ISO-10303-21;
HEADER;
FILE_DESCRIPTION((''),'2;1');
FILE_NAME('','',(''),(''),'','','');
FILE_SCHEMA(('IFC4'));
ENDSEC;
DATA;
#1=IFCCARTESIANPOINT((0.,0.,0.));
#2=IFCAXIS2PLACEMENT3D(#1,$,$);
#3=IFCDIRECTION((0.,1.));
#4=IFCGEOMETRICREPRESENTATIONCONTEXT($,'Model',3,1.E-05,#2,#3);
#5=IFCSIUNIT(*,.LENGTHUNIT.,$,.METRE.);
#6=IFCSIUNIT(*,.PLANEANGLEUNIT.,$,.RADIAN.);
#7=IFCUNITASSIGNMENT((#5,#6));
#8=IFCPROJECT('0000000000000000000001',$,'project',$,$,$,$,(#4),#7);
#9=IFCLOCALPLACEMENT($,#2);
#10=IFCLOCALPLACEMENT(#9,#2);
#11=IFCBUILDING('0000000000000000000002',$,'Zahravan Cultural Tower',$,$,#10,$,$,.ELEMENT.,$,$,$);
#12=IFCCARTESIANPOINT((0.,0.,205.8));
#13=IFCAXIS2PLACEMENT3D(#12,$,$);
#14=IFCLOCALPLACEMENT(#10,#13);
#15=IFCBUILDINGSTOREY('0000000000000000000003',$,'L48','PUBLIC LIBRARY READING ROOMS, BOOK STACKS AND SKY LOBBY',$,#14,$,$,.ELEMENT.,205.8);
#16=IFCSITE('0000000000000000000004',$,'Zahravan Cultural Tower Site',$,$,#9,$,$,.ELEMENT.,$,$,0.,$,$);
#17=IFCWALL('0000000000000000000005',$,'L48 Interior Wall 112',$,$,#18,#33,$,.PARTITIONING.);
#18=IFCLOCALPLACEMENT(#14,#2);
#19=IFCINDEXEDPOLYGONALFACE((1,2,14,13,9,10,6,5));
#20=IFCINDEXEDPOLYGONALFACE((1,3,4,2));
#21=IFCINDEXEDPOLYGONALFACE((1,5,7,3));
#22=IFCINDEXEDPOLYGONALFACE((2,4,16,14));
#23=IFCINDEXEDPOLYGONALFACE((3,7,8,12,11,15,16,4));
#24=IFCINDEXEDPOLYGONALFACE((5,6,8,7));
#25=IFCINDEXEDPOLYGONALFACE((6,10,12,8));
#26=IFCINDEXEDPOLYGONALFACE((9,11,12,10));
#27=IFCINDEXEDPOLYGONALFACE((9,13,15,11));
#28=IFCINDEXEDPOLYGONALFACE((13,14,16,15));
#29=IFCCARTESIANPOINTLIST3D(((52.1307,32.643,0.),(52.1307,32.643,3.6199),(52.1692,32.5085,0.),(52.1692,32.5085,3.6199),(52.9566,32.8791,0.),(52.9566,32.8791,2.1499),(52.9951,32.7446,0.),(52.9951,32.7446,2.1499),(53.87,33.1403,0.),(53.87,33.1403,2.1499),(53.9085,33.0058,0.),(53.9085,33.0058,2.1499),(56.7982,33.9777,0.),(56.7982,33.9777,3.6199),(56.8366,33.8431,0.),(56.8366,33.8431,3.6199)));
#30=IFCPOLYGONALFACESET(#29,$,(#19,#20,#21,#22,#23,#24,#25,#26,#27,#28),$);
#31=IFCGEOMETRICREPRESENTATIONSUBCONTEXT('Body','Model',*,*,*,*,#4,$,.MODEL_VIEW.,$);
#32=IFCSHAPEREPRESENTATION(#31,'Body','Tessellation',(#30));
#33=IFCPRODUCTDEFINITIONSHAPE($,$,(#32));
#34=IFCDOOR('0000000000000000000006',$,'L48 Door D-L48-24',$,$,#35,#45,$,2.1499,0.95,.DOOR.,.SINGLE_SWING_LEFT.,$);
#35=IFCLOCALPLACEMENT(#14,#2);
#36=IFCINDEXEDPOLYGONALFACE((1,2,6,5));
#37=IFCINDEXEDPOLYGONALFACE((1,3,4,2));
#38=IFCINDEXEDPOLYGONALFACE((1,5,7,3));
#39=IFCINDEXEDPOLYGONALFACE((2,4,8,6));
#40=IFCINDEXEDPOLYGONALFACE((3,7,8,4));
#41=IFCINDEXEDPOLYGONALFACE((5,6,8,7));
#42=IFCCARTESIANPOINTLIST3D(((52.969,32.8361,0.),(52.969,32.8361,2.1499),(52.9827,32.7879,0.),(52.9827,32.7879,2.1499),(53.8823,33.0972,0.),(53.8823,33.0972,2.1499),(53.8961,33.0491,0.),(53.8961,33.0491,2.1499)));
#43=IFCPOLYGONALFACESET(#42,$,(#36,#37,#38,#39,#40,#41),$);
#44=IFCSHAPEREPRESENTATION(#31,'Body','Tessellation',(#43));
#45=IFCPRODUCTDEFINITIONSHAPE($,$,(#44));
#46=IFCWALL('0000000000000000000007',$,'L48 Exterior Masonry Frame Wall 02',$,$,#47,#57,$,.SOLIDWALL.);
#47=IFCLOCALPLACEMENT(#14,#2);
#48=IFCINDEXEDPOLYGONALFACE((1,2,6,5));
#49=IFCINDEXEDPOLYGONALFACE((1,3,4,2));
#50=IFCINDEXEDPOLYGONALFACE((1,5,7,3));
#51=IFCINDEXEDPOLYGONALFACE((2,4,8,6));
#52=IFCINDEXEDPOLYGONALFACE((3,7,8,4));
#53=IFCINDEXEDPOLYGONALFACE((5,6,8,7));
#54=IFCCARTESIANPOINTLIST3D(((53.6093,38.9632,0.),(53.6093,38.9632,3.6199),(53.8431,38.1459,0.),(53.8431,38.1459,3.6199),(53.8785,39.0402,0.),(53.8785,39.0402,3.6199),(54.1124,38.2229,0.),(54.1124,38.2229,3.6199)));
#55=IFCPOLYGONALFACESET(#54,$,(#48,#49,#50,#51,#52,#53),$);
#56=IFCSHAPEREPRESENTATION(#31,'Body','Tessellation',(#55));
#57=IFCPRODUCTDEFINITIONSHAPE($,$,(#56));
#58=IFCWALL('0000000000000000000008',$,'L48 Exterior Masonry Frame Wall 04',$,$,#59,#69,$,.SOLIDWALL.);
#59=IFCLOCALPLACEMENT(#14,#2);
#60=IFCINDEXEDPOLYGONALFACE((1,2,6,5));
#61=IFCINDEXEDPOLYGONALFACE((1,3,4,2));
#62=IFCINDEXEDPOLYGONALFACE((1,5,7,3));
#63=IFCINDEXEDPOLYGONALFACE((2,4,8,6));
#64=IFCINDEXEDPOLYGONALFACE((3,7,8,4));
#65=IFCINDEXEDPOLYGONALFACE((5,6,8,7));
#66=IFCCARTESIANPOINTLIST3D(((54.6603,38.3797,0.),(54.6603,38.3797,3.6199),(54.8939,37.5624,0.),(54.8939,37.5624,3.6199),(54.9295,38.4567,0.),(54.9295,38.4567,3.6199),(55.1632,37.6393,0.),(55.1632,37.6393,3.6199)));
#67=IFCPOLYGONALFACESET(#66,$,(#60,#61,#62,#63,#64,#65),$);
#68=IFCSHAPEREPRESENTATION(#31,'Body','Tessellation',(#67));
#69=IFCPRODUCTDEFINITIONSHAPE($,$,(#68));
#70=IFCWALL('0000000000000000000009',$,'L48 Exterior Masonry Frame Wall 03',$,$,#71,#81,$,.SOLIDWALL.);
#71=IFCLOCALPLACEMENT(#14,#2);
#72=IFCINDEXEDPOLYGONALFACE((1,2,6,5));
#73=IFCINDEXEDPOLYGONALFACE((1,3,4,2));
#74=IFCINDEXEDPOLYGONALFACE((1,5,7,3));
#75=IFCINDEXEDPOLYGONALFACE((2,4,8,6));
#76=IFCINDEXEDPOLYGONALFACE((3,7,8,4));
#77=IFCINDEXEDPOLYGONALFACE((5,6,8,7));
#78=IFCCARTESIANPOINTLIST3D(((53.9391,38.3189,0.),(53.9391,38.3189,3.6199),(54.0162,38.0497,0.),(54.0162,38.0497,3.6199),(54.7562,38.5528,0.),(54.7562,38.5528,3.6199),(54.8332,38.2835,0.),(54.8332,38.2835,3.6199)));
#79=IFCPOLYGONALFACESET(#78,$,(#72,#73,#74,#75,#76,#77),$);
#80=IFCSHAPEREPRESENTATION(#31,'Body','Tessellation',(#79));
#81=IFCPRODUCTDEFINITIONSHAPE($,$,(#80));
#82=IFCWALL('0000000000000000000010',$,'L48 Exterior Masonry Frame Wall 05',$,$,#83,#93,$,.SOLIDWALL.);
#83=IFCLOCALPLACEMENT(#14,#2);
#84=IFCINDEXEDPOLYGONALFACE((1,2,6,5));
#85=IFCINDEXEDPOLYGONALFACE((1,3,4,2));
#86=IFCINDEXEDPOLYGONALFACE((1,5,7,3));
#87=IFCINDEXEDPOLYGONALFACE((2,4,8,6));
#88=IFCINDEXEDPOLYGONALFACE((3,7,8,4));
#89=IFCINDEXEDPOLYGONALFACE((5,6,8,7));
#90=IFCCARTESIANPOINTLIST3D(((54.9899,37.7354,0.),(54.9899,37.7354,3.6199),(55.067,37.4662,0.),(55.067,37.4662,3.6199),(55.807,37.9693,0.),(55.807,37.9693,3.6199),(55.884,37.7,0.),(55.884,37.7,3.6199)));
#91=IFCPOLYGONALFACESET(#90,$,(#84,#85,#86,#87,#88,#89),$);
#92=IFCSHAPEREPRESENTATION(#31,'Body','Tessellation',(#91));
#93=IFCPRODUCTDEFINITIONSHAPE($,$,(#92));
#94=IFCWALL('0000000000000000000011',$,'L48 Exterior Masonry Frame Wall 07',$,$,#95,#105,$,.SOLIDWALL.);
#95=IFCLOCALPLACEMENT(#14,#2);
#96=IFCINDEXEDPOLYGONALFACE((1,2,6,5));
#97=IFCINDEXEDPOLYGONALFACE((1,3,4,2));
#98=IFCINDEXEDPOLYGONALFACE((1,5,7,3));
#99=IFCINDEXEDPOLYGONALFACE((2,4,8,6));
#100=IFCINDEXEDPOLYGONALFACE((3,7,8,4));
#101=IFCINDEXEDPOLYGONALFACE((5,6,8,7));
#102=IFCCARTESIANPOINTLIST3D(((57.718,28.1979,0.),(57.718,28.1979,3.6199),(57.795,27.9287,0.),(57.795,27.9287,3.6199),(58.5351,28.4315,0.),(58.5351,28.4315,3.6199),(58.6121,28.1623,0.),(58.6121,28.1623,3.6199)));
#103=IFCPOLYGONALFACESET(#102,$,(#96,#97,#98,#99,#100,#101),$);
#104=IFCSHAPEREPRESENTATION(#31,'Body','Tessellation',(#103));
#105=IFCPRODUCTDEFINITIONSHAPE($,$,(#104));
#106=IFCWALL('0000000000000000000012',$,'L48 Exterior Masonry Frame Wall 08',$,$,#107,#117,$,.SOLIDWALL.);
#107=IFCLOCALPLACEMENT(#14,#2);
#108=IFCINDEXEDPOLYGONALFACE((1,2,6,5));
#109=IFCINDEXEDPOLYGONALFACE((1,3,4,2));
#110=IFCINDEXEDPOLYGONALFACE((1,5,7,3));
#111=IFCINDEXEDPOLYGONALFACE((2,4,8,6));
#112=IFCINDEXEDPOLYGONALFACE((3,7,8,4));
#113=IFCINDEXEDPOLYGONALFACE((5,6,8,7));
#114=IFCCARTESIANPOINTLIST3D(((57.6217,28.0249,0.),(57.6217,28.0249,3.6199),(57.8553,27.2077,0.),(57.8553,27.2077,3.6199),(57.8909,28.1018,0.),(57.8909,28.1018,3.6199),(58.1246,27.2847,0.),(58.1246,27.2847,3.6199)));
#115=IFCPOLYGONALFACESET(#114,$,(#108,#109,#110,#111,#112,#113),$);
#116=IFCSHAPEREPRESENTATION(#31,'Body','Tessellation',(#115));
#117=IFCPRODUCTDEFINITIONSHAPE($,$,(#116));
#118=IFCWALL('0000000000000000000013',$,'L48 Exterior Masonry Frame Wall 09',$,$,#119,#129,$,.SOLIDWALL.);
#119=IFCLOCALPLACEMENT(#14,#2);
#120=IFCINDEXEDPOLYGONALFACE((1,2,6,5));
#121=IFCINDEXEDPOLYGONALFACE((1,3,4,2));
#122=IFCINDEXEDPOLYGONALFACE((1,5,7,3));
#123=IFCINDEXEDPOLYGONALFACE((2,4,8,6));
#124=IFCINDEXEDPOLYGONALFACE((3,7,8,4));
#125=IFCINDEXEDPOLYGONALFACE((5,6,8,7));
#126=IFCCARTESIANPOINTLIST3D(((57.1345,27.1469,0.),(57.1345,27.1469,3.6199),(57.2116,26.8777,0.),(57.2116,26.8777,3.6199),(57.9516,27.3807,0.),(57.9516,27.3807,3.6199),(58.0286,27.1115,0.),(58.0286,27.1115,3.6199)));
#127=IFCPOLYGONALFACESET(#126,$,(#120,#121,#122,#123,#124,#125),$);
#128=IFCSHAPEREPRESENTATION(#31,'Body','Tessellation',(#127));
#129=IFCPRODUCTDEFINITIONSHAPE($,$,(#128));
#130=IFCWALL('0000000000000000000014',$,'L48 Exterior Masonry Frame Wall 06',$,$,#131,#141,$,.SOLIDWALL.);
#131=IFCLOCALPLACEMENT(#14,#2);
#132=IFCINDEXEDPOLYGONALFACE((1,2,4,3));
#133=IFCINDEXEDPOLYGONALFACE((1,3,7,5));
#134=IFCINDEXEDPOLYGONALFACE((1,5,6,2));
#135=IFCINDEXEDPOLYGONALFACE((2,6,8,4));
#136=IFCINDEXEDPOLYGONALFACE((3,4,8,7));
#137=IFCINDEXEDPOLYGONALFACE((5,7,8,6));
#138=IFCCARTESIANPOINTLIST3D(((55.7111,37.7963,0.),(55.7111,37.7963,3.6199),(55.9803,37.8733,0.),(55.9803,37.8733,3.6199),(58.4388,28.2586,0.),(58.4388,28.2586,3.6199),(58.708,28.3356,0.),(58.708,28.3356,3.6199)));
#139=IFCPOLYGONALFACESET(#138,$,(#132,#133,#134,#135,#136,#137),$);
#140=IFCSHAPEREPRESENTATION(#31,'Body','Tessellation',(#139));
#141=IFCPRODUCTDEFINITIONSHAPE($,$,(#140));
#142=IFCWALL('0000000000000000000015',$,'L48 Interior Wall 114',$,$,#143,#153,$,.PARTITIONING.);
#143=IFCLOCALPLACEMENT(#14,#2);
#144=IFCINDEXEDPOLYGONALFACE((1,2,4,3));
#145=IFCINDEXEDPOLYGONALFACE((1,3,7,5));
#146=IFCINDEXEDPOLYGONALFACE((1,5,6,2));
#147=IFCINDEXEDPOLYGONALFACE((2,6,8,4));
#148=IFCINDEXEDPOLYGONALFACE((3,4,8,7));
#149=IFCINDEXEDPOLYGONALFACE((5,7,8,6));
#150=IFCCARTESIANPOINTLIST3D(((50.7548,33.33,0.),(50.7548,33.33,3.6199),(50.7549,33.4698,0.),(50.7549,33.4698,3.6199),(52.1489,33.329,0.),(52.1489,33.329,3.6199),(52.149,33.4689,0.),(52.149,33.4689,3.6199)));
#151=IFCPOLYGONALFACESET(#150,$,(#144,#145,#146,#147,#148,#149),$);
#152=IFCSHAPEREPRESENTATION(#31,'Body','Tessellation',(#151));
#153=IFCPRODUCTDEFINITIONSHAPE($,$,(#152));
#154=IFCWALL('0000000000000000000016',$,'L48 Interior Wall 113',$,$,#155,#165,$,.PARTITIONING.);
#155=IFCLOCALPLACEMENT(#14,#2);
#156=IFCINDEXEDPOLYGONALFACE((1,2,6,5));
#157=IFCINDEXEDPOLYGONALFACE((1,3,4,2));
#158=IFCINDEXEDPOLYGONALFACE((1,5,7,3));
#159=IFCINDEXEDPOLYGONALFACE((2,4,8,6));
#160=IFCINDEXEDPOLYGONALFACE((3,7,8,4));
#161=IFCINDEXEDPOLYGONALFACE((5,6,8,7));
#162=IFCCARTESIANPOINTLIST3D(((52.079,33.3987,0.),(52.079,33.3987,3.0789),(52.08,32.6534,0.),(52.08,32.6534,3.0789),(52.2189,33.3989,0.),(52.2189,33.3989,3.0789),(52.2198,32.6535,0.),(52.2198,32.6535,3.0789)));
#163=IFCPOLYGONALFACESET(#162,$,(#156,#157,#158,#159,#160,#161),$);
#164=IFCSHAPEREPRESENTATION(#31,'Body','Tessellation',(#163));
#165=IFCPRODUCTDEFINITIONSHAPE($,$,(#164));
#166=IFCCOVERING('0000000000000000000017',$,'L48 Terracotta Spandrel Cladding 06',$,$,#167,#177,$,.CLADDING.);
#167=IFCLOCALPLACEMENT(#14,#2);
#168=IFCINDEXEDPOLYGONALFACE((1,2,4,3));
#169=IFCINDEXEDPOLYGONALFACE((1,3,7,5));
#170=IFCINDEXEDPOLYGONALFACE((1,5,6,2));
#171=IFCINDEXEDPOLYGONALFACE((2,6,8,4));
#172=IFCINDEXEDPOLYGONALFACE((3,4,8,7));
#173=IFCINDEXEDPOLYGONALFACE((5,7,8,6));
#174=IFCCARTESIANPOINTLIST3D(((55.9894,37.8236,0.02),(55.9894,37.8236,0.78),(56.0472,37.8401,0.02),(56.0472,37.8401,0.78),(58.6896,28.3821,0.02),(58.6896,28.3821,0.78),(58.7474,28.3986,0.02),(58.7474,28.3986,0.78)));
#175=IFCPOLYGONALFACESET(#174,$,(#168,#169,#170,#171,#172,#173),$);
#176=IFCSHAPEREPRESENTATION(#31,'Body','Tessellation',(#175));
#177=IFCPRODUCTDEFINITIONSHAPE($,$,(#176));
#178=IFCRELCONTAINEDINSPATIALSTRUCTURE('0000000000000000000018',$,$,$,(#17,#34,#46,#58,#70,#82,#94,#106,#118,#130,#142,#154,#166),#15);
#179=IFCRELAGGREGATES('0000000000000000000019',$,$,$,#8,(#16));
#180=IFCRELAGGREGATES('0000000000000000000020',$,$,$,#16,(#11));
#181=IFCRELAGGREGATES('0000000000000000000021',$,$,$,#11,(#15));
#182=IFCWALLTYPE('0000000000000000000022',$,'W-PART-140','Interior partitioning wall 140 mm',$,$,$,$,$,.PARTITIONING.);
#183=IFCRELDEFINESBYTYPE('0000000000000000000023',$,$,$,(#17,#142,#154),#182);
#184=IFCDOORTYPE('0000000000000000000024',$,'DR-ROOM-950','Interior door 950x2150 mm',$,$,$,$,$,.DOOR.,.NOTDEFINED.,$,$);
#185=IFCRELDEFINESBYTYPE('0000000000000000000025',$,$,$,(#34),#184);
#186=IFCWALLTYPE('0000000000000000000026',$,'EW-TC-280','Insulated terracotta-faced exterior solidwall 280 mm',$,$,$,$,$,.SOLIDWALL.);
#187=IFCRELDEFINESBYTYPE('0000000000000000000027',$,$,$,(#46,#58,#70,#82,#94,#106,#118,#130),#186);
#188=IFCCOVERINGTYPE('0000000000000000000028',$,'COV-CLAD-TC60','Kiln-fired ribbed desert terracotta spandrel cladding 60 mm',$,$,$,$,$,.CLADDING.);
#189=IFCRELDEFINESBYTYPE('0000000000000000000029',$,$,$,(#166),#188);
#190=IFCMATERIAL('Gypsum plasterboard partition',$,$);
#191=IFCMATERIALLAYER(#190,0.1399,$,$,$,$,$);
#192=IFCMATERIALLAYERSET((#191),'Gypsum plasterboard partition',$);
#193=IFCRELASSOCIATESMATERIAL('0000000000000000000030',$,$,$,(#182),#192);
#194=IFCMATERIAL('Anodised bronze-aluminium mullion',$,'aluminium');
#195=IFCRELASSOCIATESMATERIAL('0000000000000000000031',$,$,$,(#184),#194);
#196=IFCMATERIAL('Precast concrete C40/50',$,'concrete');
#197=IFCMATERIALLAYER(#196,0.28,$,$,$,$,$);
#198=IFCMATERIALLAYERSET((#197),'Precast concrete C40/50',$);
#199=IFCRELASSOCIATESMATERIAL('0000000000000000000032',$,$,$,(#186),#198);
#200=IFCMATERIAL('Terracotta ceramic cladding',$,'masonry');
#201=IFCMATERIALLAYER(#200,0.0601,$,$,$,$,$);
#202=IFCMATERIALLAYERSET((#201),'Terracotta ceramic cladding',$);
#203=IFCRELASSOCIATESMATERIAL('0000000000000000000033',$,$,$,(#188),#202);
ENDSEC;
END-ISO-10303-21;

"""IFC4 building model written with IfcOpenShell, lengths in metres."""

from ifc_helpers import new_model, si_unit, direction, frame, frame_2d, origin, origin_2d, place, context, subcontext, project, spatial, rectangle, extrude, source, transform, mapped, material, layer, layer_set, type_object, element, fill, save


model = new_model("IFC4")

# Units and contexts
model_context = context("Model", 3, precision=1e-05, world=origin(), true_north=direction((0.0, 1.0)))
body_context = subcontext(model_context, "Body", "Model", "MODEL_VIEW")
ifc_project = project(units=[si_unit("LENGTHUNIT", "METRE"), si_unit("PLANEANGLEUNIT", "RADIAN")], contexts=[model_context])

# Site, building, storey
site_placement = place(None, origin())
site = spatial("IfcSite", under=ifc_project, at=site_placement, Name="Zahravan Cultural Tower Site", CompositionType="ELEMENT", RefElevation=0.0)
building_placement = place(site_placement, origin())
building = spatial("IfcBuilding", under=site, at=building_placement, Name="Zahravan Cultural Tower", CompositionType="ELEMENT")
storey_placement = place(building_placement, frame((0.0, 0.0, 205.8)))
storey = spatial("IfcBuildingStorey", under=building, at=storey_placement, Name="L48", Description="PUBLIC LIBRARY READING ROOMS, BOOK STACKS AND SKY LOBBY", CompositionType="ELEMENT", Elevation=205.8)

# Wall, opening, door
ifc_material_1 = material(Name="Gypsum plasterboard partition")
ifc_layer_1 = layer(ifc_material_1, 0.1399)
ifc_layer_set_1 = layer_set([ifc_layer_1], Name="Gypsum plasterboard partition")
wall_type_1 = type_object("IfcWallType", Name="W-PART-140", Description="Interior partitioning wall 140 mm", PredefinedType="PARTITIONING", material=ifc_layer_set_1)
ifc_material_2 = material(Name="Anodised bronze-aluminium mullion", Category="aluminium")
door_type = type_object("IfcDoorType", Name="DR-ROOM-950", Description="Interior door 950x2150 mm", OperationType="NOTDEFINED", PredefinedType="DOOR", material=ifc_material_2)
shared_shape_1 = source(origin(), body_context, "Body", "SweptSolid", [
    extrude(rectangle(XDim=0.95, YDim=2.1499, at=frame_2d((0.4751, 1.075))), frame((0.0, 0.0249, 0.0), z_axis=(0.0, -1.0, 0.0), x_axis=(1.0, 0.0, 0.0)), (0.0, 0.0, 1.0), 0.05),
])
wall_1_placement = place(storey_placement, frame((56.8174, 33.9104, 0.0), z_axis=(0.0, 0.0, 1.0), x_axis=(-0.961461, -0.27494, 0.0)))
wall_1 = element("IfcWall", 1, at=wall_1_placement, inside=storey, type_object=wall_type_1, Name="L48 Interior Wall 112", PredefinedType="PARTITIONING", context=body_context, shape_type="SweptSolid", body=[
    extrude(rectangle(XDim=4.8545, YDim=0.1399, at=frame_2d((2.4272, 0.0))), origin(), (0.0, 0.0, 1.0), 3.6199),
])
opening_1_placement = place(wall_1_placement, frame((3.0454, 0.0, 0.0)))
opening_1 = element("IfcOpeningElement", 2, at=opening_1_placement, cuts=wall_1, PredefinedType="OPENING", context=body_context, shape_type="SweptSolid", body=[
    extrude(rectangle(XDim=0.95, YDim=2.1499, at=frame_2d((0.4751, 1.075))), frame((0.0, 0.0798, 0.0), z_axis=(0.0, -1.0, 0.0), x_axis=(1.0, 0.0, 0.0)), (0.0, 0.0, 1.0), 0.1599),
])
door_1_placement = place(opening_1_placement, origin())
door_1 = element("IfcDoor", 3, at=door_1_placement, inside=storey, type_object=door_type, Name="L48 Door D-L48-24", OperationType="SINGLE_SWING_LEFT", OverallHeight=2.1499, OverallWidth=0.95, PredefinedType="DOOR", context=body_context, shape_type="MappedRepresentation", body=[
    mapped(shared_shape_1, transform((0.0, 0.0, 0.0), x_axis=(1.0, 0.0, 0.0), y_axis=(0.0, 1.0, 0.0), z_axis=(0.0, 0.0, 1.0), scale=1.0)),
])
fill(opening_1, door_1)

# Walls
ifc_material_3 = material(Name="Precast concrete C40/50", Category="concrete")
ifc_layer_2 = layer(ifc_material_3, 0.28)
ifc_layer_set_2 = layer_set([ifc_layer_2], Name="Precast concrete C40/50")
wall_type_2 = type_object("IfcWallType", Name="EW-TC-280", Description="Insulated terracotta-faced exterior solidwall 280 mm", PredefinedType="SOLIDWALL", material=ifc_layer_set_2)
shared_shape_2 = source(origin(), body_context, "Body", "SweptSolid", [
    extrude(rectangle(XDim=0.8501, YDim=0.28, at=frame_2d((0.425, 0.0))), origin(), (0.0, 0.0, 1.0), 3.6199),
])
for number, where, z_axis, x_axis, name in (
    (4, (53.7439, 39.0017, 0.0), (0.0, 0.0, 1.0), (0.2751, -0.961416, 0.0), "L48 Exterior Masonry Frame Wall 02"),
    (5, (54.7949, 38.4182, 0.0), (0.0, 0.0, 1.0), (0.274835, -0.961491, 0.0), "L48 Exterior Masonry Frame Wall 04"),
):
    element("IfcWall", number, at=place(storey_placement, frame(where, z_axis=z_axis, x_axis=x_axis)), inside=storey, type_object=wall_type_2, Name=name, PredefinedType="SOLIDWALL", context=body_context, shape_type="MappedRepresentation", body=[
        mapped(shared_shape_2, transform((0.0, 0.0, 0.0), x_axis=(1.0, 0.0, 0.0), y_axis=(0.0, 1.0, 0.0), z_axis=(0.0, 0.0, 1.0), scale=1.0)),
    ])
shared_shape_3 = source(origin(), body_context, "Body", "SweptSolid", [
    extrude(rectangle(XDim=0.8499, YDim=0.28, at=frame_2d((0.4248, 0.0))), origin(), (0.0, 0.0, 1.0), 3.6199),
])
for number, where, z_axis, x_axis, name in (
    (6, (53.9778, 38.1843, 0.0), (0.0, 0.0, 1.0), (0.961394, 0.275176, 0.0), "L48 Exterior Masonry Frame Wall 03"),
    (7, (55.0286, 37.6008, 0.0), (0.0, 0.0, 1.0), (0.961394, 0.275176, 0.0), "L48 Exterior Masonry Frame Wall 05"),
    (8, (58.5735, 28.2969, 0.0), (0.0, 0.0, 1.0), (-0.96147, -0.274911, 0.0), "L48 Exterior Masonry Frame Wall 07"),
    (9, (57.7563, 28.0632, 0.0), (0.0, 0.0, 1.0), (0.274911, -0.96147, 0.0), "L48 Exterior Masonry Frame Wall 08"),
    (10, (57.99, 27.2461, 0.0), (0.0, 0.0, 1.0), (-0.961394, -0.275176, 0.0), "L48 Exterior Masonry Frame Wall 09"),
):
    element("IfcWall", number, at=place(storey_placement, frame(where, z_axis=z_axis, x_axis=x_axis)), inside=storey, type_object=wall_type_2, Name=name, PredefinedType="SOLIDWALL", context=body_context, shape_type="MappedRepresentation", body=[
        mapped(shared_shape_3, transform((0.0, 0.0, 0.0), x_axis=(1.0, 0.0, 0.0), y_axis=(0.0, 1.0, 0.0), z_axis=(0.0, 0.0, 1.0), scale=1.0)),
    ])
shared_shape_4 = source(origin(), body_context, "Body", "SweptSolid", [
    extrude(rectangle(XDim=9.9202, YDim=0.28, at=frame_2d((4.96, 0.0))), origin(), (0.0, 0.0, 1.0), 3.6199),
])
wall_2_placement = place(storey_placement, frame((55.8457, 37.8347, 0.0), z_axis=(0.0, 0.0, 1.0), x_axis=(0.274971, -0.961452, 0.0)))
element("IfcWall", 11, at=wall_2_placement, inside=storey, type_object=wall_type_2, Name="L48 Exterior Masonry Frame Wall 06", PredefinedType="SOLIDWALL", context=body_context, shape_type="MappedRepresentation", body=[
    mapped(shared_shape_4, transform((0.0, 0.0, 0.0), x_axis=(1.0, 0.0, 0.0), y_axis=(0.0, 1.0, 0.0), z_axis=(0.0, 0.0, 1.0), scale=1.0)),
])
shared_shape_5 = source(origin(), body_context, "Body", "SweptSolid", [
    extrude(rectangle(XDim=1.394, YDim=0.1399, at=frame_2d((0.697, 0.0))), origin(), (0.0, 0.0, 1.0), 3.6199),
])
wall_3_placement = place(storey_placement, frame((52.1489, 33.3989, 0.0), z_axis=(0.0, 0.0, 1.0), x_axis=(-1.0, 0.000701, 0.0)))
element("IfcWall", 12, at=wall_3_placement, inside=storey, type_object=wall_type_1, Name="L48 Interior Wall 114", PredefinedType="PARTITIONING", context=body_context, shape_type="MappedRepresentation", body=[
    mapped(shared_shape_5, transform((0.0, 0.0, 0.0), x_axis=(1.0, 0.0, 0.0), y_axis=(0.0, 1.0, 0.0), z_axis=(0.0, 0.0, 1.0), scale=1.0)),
])
shared_shape_6 = source(origin(), body_context, "Body", "SweptSolid", [
    extrude(rectangle(XDim=0.7454, YDim=0.1399, at=frame_2d((0.3726, 0.0))), origin(), (0.0, 0.0, 1.0), 3.0789),
])
wall_4_placement = place(storey_placement, frame((52.1499, 32.6536, 0.0), z_axis=(0.0, 0.0, 1.0), x_axis=(-0.00131, 0.999999, 0.0)))
element("IfcWall", 13, at=wall_4_placement, inside=storey, type_object=wall_type_1, Name="L48 Interior Wall 113", PredefinedType="PARTITIONING", context=body_context, shape_type="MappedRepresentation", body=[
    mapped(shared_shape_6, transform((0.0, 0.0, 0.0), x_axis=(1.0, 0.0, 0.0), y_axis=(0.0, 1.0, 0.0), z_axis=(0.0, 0.0, 1.0), scale=1.0)),
])

# Covering
ifc_material_4 = material(Name="Terracotta ceramic cladding", Category="masonry")
ifc_layer_3 = layer(ifc_material_4, 0.0601)
ifc_layer_set_3 = layer_set([ifc_layer_3], Name="Terracotta ceramic cladding")
covering_type = type_object("IfcCoveringType", Name="COV-CLAD-TC60", Description="Kiln-fired ribbed desert terracotta spandrel cladding 60 mm", PredefinedType="CLADDING", material=ifc_layer_set_3)
shared_shape_7 = source(origin(), body_context, "Body", "SweptSolid", [
    extrude(rectangle(XDim=9.8201, YDim=0.0601, at=origin_2d()), origin(), (0.0, 0.0, 1.0), 0.76),
])
covering_1_placement = place(storey_placement, frame((57.3684, 33.1111, 0.02), z_axis=(0.0, 0.0, 1.0), x_axis=(0.274966, -0.961454, 0.0)))
element("IfcCovering", 14, at=covering_1_placement, inside=storey, type_object=covering_type, Name="L48 Terracotta Spandrel Cladding 06", PredefinedType="CLADDING", context=body_context, shape_type="MappedRepresentation", body=[
    mapped(shared_shape_7, transform((0.0, 0.0, 0.0), x_axis=(1.0, 0.0, 0.0), y_axis=(0.0, 1.0, 0.0), z_axis=(0.0, 0.0, 1.0), scale=1.0)),
])

save(model, "model.ifc")
